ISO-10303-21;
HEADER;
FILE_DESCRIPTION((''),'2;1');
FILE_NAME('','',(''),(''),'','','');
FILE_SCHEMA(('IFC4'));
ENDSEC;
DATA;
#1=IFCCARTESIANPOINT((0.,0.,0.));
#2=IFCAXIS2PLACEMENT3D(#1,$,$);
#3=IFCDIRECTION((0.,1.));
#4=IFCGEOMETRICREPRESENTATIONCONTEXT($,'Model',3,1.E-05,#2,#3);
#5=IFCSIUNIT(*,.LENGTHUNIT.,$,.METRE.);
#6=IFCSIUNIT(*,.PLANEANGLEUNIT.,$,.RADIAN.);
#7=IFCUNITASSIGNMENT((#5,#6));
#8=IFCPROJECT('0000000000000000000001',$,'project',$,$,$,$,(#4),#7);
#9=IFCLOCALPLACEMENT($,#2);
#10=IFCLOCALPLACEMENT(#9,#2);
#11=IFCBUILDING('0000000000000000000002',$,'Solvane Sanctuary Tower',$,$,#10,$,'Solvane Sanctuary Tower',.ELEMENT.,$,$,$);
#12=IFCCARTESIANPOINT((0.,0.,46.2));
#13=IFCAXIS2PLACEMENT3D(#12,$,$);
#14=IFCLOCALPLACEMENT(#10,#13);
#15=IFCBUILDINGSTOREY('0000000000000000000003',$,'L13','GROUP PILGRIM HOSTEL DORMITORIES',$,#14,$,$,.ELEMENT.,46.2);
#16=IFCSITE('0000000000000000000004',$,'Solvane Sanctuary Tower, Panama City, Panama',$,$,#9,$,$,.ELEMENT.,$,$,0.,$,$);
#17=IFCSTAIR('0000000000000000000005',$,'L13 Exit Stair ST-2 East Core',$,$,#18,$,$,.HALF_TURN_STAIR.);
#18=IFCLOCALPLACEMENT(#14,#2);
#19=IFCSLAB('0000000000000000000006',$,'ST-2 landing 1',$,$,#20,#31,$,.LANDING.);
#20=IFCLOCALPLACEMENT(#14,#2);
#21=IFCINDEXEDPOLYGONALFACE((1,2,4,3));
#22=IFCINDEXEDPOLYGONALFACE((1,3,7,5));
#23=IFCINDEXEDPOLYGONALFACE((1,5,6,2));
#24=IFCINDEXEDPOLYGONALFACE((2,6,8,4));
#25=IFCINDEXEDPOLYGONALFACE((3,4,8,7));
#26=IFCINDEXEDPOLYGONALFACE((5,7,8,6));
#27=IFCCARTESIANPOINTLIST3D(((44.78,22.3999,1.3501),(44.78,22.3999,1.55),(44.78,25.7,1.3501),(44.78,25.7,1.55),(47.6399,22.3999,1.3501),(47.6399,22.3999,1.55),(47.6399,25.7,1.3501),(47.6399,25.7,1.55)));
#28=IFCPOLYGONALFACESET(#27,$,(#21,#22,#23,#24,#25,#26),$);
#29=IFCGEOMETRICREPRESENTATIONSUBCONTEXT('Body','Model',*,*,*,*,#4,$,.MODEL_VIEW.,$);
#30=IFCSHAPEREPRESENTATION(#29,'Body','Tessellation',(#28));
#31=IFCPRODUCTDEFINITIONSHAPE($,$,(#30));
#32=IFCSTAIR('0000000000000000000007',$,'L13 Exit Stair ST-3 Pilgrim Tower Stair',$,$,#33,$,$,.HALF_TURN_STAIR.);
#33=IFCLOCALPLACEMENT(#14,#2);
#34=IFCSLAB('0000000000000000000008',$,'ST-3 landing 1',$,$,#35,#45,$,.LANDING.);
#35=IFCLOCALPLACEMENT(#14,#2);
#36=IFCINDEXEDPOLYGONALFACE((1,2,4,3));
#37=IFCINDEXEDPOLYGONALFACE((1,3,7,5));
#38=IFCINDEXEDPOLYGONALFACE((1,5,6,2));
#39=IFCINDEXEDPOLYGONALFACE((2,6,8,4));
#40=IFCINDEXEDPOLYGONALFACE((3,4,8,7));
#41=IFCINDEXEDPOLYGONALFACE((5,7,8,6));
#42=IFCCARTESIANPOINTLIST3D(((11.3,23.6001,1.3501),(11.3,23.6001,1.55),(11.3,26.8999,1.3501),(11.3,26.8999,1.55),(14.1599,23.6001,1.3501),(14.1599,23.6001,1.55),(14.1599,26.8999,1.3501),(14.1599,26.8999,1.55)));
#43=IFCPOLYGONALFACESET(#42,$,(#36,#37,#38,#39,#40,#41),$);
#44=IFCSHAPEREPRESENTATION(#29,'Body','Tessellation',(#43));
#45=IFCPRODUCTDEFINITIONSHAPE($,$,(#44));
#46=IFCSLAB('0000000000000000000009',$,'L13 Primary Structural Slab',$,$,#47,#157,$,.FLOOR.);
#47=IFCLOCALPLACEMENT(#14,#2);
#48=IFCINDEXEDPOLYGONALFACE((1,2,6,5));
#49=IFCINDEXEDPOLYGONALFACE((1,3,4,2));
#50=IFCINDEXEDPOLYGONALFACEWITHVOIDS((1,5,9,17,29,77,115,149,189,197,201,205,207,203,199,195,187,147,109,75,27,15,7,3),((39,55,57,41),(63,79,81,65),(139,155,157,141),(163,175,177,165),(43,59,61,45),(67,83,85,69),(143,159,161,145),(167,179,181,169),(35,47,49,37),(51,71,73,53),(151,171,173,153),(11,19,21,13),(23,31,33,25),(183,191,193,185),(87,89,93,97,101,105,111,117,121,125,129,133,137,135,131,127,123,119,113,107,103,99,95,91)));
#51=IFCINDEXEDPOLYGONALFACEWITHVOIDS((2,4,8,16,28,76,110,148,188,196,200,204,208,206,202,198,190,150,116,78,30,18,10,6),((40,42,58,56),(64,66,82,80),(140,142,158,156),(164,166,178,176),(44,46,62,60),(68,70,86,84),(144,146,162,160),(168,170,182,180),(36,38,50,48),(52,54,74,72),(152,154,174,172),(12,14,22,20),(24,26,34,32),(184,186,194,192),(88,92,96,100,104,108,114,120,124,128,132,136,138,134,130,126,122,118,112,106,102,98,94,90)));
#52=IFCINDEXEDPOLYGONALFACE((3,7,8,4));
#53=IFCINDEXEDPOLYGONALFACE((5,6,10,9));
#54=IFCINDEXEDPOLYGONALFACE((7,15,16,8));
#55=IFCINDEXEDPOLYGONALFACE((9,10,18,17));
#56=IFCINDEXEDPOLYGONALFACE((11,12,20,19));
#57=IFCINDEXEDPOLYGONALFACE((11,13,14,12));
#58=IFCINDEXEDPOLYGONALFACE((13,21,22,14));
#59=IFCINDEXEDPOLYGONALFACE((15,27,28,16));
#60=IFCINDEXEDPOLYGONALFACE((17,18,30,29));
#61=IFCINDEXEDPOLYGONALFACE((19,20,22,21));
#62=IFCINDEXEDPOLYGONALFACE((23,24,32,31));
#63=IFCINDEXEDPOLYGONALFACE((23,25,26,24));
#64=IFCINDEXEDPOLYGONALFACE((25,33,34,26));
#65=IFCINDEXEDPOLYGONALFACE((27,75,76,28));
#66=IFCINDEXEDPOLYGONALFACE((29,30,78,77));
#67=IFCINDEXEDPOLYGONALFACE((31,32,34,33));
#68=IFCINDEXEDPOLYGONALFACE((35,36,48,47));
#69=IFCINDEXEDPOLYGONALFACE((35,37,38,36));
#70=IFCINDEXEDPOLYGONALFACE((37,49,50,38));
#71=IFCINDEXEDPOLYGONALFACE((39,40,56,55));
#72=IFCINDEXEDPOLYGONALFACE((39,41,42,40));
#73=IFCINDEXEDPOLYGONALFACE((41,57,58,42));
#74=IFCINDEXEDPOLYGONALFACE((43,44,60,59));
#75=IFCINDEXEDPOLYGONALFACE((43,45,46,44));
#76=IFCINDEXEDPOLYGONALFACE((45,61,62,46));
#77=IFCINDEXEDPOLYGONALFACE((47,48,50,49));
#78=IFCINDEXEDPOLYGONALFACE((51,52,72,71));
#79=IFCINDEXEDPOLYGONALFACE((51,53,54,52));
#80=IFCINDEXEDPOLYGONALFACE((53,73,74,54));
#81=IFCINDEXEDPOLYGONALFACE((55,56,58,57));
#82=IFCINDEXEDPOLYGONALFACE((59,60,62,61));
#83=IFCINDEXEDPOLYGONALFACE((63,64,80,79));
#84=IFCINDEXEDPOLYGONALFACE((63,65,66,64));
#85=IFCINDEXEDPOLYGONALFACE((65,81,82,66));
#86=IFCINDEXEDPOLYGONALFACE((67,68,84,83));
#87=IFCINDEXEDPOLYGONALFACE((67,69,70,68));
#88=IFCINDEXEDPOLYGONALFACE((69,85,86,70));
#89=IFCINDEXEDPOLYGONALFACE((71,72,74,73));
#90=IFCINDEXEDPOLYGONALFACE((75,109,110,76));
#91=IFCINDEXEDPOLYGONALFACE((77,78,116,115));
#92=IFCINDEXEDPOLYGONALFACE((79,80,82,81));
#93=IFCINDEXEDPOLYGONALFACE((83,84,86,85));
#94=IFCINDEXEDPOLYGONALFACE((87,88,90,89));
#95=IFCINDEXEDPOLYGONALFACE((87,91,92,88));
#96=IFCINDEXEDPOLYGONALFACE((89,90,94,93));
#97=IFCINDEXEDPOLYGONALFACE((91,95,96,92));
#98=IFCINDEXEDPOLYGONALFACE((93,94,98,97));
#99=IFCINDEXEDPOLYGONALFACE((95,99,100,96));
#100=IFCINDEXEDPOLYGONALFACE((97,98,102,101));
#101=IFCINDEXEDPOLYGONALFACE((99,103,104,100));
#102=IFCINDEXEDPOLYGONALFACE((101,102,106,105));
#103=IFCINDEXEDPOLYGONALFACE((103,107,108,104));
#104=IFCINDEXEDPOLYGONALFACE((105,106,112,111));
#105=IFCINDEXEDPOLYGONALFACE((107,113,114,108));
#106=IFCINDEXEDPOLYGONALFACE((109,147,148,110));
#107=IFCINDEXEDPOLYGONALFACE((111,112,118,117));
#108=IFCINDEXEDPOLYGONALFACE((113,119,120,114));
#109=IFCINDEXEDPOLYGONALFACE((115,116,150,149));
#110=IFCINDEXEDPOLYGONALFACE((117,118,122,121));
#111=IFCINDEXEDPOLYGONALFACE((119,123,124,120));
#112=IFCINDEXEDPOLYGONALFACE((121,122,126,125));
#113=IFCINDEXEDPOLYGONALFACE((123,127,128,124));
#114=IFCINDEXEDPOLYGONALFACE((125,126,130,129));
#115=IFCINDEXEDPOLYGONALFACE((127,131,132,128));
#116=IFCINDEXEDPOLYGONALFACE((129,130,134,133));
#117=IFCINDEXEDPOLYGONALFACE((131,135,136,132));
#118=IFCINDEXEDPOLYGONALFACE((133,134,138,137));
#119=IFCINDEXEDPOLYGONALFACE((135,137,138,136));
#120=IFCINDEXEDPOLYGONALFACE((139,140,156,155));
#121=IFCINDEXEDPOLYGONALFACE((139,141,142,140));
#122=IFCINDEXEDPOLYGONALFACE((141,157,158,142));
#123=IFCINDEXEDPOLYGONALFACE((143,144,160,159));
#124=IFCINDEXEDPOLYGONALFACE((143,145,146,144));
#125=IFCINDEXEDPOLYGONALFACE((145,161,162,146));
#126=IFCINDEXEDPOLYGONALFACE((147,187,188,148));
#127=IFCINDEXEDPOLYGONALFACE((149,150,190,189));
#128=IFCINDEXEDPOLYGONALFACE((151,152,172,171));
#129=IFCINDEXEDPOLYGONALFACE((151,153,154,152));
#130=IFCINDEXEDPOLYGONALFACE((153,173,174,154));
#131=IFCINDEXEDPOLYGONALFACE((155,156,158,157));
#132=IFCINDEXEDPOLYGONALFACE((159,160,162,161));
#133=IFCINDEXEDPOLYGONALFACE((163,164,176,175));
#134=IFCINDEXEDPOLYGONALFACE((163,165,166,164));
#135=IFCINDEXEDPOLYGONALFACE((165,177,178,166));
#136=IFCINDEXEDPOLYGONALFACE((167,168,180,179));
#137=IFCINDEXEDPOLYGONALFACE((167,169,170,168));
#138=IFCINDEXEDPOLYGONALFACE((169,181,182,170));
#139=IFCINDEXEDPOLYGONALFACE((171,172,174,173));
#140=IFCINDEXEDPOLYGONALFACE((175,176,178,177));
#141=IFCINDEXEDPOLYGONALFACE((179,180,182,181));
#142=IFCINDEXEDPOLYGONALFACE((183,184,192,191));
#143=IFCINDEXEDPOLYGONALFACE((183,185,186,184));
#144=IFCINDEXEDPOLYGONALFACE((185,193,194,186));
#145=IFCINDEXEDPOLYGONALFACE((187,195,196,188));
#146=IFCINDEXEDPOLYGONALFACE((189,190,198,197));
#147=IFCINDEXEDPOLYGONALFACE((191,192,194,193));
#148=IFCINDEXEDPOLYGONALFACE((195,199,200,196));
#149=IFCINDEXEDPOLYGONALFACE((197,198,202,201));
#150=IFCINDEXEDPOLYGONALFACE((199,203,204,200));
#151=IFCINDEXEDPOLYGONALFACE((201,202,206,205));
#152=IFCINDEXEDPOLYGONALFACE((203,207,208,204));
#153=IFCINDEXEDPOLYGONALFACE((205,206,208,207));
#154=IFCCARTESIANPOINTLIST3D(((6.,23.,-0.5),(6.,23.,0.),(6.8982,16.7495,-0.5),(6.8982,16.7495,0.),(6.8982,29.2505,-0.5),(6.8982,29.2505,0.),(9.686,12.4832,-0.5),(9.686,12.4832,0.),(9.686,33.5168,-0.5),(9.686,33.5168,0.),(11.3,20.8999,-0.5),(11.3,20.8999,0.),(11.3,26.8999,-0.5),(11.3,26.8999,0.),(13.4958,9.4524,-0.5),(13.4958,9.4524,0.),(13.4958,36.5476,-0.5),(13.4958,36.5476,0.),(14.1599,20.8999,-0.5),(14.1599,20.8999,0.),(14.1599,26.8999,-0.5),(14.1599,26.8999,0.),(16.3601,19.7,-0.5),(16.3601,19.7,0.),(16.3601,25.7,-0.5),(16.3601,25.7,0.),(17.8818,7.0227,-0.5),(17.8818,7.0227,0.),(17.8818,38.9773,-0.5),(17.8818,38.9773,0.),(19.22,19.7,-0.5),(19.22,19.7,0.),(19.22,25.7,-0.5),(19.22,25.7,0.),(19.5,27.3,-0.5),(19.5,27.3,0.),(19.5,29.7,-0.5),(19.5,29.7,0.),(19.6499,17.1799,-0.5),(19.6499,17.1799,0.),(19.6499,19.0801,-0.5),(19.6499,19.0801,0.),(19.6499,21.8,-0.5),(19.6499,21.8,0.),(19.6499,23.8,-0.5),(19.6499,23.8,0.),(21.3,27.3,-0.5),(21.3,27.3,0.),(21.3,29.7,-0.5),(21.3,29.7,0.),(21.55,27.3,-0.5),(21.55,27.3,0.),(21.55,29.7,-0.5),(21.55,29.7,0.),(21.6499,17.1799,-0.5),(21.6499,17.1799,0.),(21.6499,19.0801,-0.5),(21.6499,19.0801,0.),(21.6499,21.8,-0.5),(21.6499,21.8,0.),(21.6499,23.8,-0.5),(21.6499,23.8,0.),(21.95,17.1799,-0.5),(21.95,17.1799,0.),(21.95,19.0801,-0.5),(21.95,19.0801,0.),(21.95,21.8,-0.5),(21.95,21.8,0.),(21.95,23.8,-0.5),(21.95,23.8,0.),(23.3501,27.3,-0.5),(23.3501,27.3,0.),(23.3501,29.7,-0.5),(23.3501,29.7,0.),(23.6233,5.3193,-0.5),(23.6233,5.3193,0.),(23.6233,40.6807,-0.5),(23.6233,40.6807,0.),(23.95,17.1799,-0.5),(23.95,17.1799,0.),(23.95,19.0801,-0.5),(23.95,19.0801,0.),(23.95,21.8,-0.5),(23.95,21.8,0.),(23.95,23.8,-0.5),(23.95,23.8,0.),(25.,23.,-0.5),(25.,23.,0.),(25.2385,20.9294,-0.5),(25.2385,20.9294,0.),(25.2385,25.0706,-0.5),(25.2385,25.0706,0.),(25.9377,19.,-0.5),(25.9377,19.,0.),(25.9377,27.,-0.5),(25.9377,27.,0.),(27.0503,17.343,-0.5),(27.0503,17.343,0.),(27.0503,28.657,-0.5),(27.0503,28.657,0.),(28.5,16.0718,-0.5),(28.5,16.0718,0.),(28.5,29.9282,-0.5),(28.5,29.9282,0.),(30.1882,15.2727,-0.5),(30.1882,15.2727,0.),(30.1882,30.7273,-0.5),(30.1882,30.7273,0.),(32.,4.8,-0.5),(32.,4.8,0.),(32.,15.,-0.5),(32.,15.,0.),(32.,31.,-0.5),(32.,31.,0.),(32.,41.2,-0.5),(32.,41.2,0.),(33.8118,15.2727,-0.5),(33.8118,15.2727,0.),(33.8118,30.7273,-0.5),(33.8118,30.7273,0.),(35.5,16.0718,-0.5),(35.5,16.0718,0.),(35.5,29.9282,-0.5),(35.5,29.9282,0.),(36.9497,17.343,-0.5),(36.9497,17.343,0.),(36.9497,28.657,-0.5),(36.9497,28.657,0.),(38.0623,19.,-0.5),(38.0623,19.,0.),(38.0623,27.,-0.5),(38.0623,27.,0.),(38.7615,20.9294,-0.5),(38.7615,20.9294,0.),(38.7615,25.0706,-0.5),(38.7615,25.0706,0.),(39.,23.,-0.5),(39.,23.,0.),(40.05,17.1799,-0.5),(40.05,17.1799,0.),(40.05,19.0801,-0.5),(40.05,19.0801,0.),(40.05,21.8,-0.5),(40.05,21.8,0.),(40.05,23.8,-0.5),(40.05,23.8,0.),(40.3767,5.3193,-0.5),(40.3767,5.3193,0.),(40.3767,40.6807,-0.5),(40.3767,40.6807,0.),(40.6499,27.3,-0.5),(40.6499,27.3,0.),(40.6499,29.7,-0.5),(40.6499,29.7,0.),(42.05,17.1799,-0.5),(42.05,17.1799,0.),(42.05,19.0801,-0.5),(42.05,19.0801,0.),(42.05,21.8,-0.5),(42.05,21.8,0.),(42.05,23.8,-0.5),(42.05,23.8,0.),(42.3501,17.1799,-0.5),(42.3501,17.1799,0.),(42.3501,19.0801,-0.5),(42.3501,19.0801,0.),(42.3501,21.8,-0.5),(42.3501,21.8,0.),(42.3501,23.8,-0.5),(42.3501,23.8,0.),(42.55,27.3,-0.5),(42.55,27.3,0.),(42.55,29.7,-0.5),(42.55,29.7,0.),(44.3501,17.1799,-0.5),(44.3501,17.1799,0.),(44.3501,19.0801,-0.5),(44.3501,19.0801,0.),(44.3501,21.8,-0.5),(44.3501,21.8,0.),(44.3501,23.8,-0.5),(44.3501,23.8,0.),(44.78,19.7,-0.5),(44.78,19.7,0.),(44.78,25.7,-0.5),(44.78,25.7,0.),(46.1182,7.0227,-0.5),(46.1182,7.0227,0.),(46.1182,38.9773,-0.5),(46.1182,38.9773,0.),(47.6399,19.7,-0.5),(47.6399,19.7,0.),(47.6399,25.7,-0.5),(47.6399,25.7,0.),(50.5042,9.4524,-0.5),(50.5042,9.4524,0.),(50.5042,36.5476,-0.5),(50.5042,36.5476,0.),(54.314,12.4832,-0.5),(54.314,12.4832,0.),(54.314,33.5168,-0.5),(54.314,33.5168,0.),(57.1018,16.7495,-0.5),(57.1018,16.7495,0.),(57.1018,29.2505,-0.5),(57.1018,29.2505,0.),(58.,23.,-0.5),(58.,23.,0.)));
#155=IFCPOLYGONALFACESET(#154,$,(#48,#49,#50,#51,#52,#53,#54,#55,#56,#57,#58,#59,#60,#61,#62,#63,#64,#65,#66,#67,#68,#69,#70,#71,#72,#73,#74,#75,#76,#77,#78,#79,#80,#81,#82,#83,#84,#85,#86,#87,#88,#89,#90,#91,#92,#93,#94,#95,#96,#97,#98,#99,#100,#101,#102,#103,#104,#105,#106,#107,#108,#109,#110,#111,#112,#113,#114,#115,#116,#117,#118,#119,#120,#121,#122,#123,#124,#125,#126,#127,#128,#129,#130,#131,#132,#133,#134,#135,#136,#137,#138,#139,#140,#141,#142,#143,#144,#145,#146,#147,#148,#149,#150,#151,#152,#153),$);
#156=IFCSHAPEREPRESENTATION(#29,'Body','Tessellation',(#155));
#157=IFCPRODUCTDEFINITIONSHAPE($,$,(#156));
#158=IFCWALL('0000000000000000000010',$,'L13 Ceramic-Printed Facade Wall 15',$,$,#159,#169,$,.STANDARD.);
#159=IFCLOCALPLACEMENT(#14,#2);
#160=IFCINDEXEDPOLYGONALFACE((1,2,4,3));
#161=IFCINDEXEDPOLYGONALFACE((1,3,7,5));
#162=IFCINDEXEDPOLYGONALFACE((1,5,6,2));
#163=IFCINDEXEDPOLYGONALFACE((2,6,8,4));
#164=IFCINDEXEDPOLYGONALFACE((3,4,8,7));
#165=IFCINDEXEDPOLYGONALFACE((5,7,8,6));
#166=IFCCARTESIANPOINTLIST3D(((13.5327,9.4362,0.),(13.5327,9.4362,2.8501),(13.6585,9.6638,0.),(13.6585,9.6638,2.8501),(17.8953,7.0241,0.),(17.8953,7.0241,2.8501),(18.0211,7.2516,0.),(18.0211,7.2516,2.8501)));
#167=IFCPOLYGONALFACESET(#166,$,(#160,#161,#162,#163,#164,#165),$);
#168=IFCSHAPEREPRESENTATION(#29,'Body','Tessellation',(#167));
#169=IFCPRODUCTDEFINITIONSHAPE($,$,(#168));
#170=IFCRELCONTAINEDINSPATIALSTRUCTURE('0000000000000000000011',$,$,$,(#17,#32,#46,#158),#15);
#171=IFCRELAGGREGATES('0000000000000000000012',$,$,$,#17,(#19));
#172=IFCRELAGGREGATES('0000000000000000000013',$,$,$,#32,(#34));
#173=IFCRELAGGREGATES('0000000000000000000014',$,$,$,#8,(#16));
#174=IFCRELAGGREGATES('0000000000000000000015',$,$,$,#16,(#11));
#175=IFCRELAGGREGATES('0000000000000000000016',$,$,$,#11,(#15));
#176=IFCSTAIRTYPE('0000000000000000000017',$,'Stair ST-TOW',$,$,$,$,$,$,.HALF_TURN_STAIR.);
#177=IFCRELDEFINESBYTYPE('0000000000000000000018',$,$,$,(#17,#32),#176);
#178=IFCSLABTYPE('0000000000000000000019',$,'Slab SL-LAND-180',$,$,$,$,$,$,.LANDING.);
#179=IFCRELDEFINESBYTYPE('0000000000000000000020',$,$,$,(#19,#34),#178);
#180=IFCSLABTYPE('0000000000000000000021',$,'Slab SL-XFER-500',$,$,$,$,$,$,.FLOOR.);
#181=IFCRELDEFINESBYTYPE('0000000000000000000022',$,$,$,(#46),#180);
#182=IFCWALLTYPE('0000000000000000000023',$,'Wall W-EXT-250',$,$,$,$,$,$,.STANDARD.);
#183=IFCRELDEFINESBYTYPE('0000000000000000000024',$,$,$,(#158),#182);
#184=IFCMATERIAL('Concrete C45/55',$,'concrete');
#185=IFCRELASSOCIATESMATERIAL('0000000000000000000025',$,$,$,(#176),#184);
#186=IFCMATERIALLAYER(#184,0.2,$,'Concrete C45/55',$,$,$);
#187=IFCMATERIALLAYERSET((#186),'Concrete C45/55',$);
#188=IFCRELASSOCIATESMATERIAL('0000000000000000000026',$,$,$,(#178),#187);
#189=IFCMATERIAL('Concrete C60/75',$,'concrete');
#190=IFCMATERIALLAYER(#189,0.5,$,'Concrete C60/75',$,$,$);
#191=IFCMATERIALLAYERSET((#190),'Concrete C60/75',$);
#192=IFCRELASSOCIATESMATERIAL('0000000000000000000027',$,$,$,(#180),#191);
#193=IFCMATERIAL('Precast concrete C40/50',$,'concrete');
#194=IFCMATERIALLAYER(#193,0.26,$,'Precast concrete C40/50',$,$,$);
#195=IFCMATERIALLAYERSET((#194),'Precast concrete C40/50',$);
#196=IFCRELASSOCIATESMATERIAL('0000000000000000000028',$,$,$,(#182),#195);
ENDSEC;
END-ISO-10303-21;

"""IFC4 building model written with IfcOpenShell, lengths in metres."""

from ifc_helpers import new_model, si_unit, direction, frame, frame_2d, origin, place, context, subcontext, project, spatial, polyline, rectangle, outline, extrude, material, layer, layer_set, type_object, element, aggregate, save


model = new_model("IFC4")

# Units and contexts
model_context = context("Model", 3, precision=1e-05, world=origin(), true_north=direction((0.0, 1.0)))
body_context = subcontext(model_context, "Body", "Model", "MODEL_VIEW")
ifc_project = project(units=[si_unit("LENGTHUNIT", "METRE"), si_unit("PLANEANGLEUNIT", "RADIAN")], contexts=[model_context])

# Site, building, storey
site_placement = place(None, origin())
site = spatial("IfcSite", under=ifc_project, at=site_placement, Name="Solvane Sanctuary Tower, Panama City, Panama", CompositionType="ELEMENT", RefElevation=0.0)
building_placement = place(site_placement, origin())
building = spatial("IfcBuilding", under=site, at=building_placement, Name="Solvane Sanctuary Tower", LongName="Solvane Sanctuary Tower", CompositionType="ELEMENT")
storey_placement = place(building_placement, frame((0.0, 0.0, 46.2)))
storey = spatial("IfcBuildingStorey", under=building, at=storey_placement, Name="L13", Description="GROUP PILGRIM HOSTEL DORMITORIES", CompositionType="ELEMENT", Elevation=46.2)

# Stairs, slabs
ifc_material_1 = material(Name="Concrete C45/55", Category="concrete")
stair_type = type_object("IfcStairType", Name="Stair ST-TOW", PredefinedType="HALF_TURN_STAIR", material=ifc_material_1)
ifc_layer_1 = layer(ifc_material_1, 0.2, Name="Concrete C45/55")
ifc_layer_set_1 = layer_set([ifc_layer_1], Name="Concrete C45/55")
slab_type_1 = type_object("IfcSlabType", Name="Slab SL-LAND-180", PredefinedType="LANDING", material=ifc_layer_set_1)
stair_1_placement = place(storey_placement, origin())
stair_1 = element("IfcStair", 1, at=stair_1_placement, inside=storey, type_object=stair_type, Name="L13 Exit Stair ST-2 East Core", PredefinedType="HALF_TURN_STAIR")
slab_1_placement = place(storey_placement, frame((0.0, 0.0, 1.3501)))
slab_1 = element("IfcSlab", 2, at=slab_1_placement, type_object=slab_type_1, Name="ST-2 landing 1", PredefinedType="LANDING", context=body_context, shape_type="SweptSolid", body=[
    extrude(outline(polyline([(47.6399, 22.3999), (47.6399, 25.7), (44.78, 25.7), (44.78, 22.3999), (47.6399, 22.3999)])), origin(), (0.0, 0.0, 1.0), 0.2),
])
aggregate(stair_1, [slab_1])
stair_2_placement = place(storey_placement, origin())
stair_2 = element("IfcStair", 3, at=stair_2_placement, inside=storey, type_object=stair_type, Name="L13 Exit Stair ST-3 Pilgrim Tower Stair", PredefinedType="HALF_TURN_STAIR")
slab_2_placement = place(storey_placement, frame((0.0, 0.0, 1.3501)))
slab_2 = element("IfcSlab", 4, at=slab_2_placement, type_object=slab_type_1, Name="ST-3 landing 1", PredefinedType="LANDING", context=body_context, shape_type="SweptSolid", body=[
    extrude(outline(polyline([(14.1599, 23.6001), (14.1599, 26.8999), (11.3, 26.8999), (11.3, 23.6001), (14.1599, 23.6001)])), origin(), (0.0, 0.0, 1.0), 0.2),
])
aggregate(stair_2, [slab_2])

# Slab
ifc_material_2 = material(Name="Concrete C60/75", Category="concrete")
ifc_layer_2 = layer(ifc_material_2, 0.5, Name="Concrete C60/75")
ifc_layer_set_2 = layer_set([ifc_layer_2], Name="Concrete C60/75")
slab_type_2 = type_object("IfcSlabType", Name="Slab SL-XFER-500", PredefinedType="FLOOR", material=ifc_layer_set_2)
slab_3_placement = place(storey_placement, frame((0.0, 0.0, -0.5)))
element("IfcSlab", 5, at=slab_3_placement, inside=storey, type_object=slab_type_2, Name="L13 Primary Structural Slab", PredefinedType="FLOOR", context=body_context, shape_type="SweptSolid", body=[
    extrude(outline(polyline([(58.0, 23.0), (57.1018, 29.2505), (54.314, 33.5168), (50.5042, 36.5476), (46.1182, 38.9773), (40.3767, 40.6807), (32.0, 41.2), (23.6233, 40.6807), (17.8818, 38.9773), (13.4958, 36.5476), (9.686, 33.5168), (6.8982, 29.2505), (6.0, 23.0), (6.8982, 16.7495), (9.686, 12.4832), (13.4958, 9.4524), (17.8818, 7.0227), (23.6233, 5.3193), (32.0, 4.8), (40.3767, 5.3193), (46.1182, 7.0227), (50.5042, 9.4524), (54.314, 12.4832), (57.1018, 16.7495), (58.0, 23.0)]), holes=[polyline([(38.7615, 20.9294), (38.0623, 19.0), (36.9497, 17.343), (35.5, 16.0718), (33.8118, 15.2727), (32.0, 15.0), (30.1882, 15.2727), (28.5, 16.0718), (27.0503, 17.343), (25.9377, 19.0), (25.2385, 20.9294), (25.0, 23.0), (25.2385, 25.0706), (25.9377, 27.0), (27.0503, 28.657), (28.5, 29.9282), (30.1882, 30.7273), (32.0, 31.0), (33.8118, 30.7273), (35.5, 29.9282), (36.9497, 28.657), (38.0623, 27.0), (38.7615, 25.0706), (39.0, 23.0), (38.7615, 20.9294)]), polyline([(16.3601, 19.7), (16.3601, 25.7), (19.22, 25.7), (19.22, 19.7), (16.3601, 19.7)]), polyline([(44.78, 19.7), (44.78, 25.7), (47.6399, 25.7), (47.6399, 19.7), (44.78, 19.7)]), polyline([(11.3, 20.8999), (11.3, 26.8999), (14.1599, 26.8999), (14.1599, 20.8999), (11.3, 20.8999)]), polyline([(19.6499, 19.0801), (21.6499, 19.0801), (21.6499, 17.1799), (19.6499, 17.1799), (19.6499, 19.0801)]), polyline([(21.95, 19.0801), (23.95, 19.0801), (23.95, 17.1799), (21.95, 17.1799), (21.95, 19.0801)]), polyline([(40.05, 19.0801), (42.05, 19.0801), (42.05, 17.1799), (40.05, 17.1799), (40.05, 19.0801)]), polyline([(42.3501, 19.0801), (44.3501, 19.0801), (44.3501, 17.1799), (42.3501, 17.1799), (42.3501, 19.0801)]), polyline([(19.6499, 23.8), (21.6499, 23.8), (21.6499, 21.8), (19.6499, 21.8), (19.6499, 23.8)]), polyline([(42.3501, 23.8), (44.3501, 23.8), (44.3501, 21.8), (42.3501, 21.8), (42.3501, 23.8)]), polyline([(21.95, 23.8), (23.95, 23.8), (23.95, 21.8), (21.95, 21.8), (21.95, 23.8)]), polyline([(40.05, 23.8), (42.05, 23.8), (42.05, 21.8), (40.05, 21.8), (40.05, 23.8)]), polyline([(19.5, 29.7), (21.3, 29.7), (21.3, 27.3), (19.5, 27.3), (19.5, 29.7)]), polyline([(21.55, 29.7), (23.3501, 29.7), (23.3501, 27.3), (21.55, 27.3), (21.55, 29.7)]), polyline([(40.6499, 29.7), (42.55, 29.7), (42.55, 27.3), (40.6499, 27.3), (40.6499, 29.7)])]), origin(), (0.0, 0.0, 1.0), 0.5),
])

# Wall
ifc_material_3 = material(Name="Precast concrete C40/50", Category="concrete")
ifc_layer_3 = layer(ifc_material_3, 0.26, Name="Precast concrete C40/50")
ifc_layer_set_3 = layer_set([ifc_layer_3], Name="Precast concrete C40/50")
wall_type = type_object("IfcWallType", Name="Wall W-EXT-250", PredefinedType="STANDARD", material=ifc_layer_set_3)
wall_1_placement = place(storey_placement, frame((13.5955, 9.55, 0.0), z_axis=(0.0, 0.0, 1.0), x_axis=(0.875137, -0.483875, 0.0)))
element("IfcWall", 6, at=wall_1_placement, inside=storey, type_object=wall_type, Name="L13 Ceramic-Printed Facade Wall 15", PredefinedType="STANDARD", context=body_context, shape_type="SweptSolid", body=[
    extrude(rectangle(XDim=4.9851, YDim=0.26, at=frame_2d((2.4927, 0.0))), origin(), (0.0, 0.0, 1.0), 2.8501),
])

save(model, "model.ifc")
